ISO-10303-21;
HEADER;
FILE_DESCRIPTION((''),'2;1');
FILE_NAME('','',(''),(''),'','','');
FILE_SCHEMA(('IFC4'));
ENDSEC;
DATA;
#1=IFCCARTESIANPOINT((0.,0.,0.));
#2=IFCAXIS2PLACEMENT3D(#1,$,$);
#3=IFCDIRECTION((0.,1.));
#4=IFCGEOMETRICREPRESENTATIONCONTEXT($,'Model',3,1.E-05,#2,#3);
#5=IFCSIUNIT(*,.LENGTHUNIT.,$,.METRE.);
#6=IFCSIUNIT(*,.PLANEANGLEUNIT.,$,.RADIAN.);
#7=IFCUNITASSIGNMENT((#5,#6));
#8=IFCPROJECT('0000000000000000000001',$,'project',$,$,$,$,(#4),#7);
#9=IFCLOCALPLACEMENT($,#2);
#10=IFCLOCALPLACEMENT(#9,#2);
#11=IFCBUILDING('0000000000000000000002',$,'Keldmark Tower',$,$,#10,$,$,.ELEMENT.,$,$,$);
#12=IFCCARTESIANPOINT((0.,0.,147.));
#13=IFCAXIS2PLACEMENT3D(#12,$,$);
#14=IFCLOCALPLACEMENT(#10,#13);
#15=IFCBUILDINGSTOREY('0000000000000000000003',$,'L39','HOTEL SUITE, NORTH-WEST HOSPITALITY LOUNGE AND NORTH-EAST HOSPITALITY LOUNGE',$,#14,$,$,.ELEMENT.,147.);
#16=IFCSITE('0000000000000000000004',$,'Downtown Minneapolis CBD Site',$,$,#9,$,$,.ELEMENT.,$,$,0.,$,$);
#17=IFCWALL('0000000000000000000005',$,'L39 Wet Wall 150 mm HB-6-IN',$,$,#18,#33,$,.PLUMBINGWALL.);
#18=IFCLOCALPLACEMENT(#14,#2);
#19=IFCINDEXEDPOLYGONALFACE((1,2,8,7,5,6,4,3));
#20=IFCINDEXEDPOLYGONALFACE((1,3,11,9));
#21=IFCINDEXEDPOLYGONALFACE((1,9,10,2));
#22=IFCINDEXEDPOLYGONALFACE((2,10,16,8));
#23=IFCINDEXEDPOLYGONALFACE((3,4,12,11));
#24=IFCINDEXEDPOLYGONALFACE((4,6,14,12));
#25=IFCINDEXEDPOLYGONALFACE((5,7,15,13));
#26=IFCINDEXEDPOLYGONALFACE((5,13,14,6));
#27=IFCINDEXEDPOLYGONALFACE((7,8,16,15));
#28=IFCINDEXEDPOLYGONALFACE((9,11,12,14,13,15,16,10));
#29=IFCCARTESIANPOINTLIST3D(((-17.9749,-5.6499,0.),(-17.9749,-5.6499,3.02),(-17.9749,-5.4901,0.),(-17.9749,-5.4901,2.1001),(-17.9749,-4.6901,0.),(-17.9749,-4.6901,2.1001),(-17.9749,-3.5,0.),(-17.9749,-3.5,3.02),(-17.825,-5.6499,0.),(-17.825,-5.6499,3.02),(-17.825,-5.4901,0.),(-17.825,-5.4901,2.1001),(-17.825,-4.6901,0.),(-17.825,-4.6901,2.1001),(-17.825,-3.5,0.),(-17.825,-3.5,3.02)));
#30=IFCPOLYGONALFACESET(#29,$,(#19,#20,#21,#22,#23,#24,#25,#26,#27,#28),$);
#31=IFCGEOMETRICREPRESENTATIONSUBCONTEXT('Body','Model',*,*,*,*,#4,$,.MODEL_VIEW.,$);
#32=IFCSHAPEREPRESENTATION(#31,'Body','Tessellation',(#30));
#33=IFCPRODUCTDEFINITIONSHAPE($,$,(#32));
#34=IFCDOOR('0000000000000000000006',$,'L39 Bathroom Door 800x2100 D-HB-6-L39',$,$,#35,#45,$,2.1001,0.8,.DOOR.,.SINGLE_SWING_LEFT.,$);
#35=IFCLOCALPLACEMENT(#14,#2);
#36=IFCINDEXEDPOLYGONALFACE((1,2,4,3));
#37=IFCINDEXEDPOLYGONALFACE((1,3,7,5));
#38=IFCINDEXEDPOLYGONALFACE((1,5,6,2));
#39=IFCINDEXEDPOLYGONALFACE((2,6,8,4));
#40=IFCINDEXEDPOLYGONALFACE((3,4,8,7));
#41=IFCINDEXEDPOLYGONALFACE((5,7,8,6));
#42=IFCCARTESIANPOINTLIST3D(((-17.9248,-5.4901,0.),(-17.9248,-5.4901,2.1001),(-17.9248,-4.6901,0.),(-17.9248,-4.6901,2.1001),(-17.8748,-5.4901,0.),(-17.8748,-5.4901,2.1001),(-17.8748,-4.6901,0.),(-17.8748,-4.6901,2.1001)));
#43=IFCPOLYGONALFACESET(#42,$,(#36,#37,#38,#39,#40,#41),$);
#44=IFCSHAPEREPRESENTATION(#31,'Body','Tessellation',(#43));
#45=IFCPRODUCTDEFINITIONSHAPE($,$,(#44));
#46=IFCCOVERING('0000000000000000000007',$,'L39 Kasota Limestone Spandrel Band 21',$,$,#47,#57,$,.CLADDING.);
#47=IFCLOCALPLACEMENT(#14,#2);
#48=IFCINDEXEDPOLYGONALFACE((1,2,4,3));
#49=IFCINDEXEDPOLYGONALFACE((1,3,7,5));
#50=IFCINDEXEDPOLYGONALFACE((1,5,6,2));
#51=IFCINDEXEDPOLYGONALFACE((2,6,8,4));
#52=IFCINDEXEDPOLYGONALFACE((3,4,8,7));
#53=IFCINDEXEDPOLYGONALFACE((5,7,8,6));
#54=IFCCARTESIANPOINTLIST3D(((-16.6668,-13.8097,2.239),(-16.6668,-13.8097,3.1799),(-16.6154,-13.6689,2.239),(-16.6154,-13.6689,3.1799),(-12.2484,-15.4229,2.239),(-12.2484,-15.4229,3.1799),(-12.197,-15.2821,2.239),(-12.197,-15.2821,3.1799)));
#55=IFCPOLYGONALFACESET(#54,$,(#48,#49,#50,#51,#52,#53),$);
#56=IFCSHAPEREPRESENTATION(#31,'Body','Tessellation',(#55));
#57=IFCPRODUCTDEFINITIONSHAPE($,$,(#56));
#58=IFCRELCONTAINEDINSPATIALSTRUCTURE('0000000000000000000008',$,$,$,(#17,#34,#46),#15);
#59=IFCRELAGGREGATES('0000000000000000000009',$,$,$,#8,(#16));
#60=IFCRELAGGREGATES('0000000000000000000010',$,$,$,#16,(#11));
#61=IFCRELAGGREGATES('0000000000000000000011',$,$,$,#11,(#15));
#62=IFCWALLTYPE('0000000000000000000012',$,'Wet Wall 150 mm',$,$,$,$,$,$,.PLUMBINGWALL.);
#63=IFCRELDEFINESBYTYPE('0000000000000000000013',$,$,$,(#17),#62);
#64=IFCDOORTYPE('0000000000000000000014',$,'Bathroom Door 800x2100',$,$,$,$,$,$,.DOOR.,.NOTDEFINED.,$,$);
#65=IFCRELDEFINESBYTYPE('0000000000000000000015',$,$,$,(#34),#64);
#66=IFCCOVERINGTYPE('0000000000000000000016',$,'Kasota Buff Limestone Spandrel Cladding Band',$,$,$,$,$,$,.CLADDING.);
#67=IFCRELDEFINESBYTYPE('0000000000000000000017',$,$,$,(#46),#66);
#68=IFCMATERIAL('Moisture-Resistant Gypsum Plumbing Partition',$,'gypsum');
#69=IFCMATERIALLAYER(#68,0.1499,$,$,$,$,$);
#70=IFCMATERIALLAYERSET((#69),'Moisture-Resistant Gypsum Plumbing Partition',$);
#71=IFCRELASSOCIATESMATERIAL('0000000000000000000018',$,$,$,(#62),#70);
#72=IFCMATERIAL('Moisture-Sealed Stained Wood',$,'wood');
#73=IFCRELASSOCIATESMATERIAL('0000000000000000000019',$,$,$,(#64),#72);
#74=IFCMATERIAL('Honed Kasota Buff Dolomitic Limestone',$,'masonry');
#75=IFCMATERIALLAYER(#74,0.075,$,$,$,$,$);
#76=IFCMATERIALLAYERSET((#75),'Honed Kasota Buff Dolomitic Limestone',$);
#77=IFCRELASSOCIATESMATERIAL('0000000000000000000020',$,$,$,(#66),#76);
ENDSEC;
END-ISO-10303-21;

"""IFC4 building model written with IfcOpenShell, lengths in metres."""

from ifc_helpers import new_model, si_unit, direction, frame, frame_2d, origin, origin_2d, place, context, subcontext, project, spatial, rectangle, extrude, material, layer, layer_set, type_object, element, fill, save


model = new_model("IFC4")

# Units and contexts
model_context = context("Model", 3, precision=1e-05, world=origin(), true_north=direction((0.0, 1.0)))
body_context = subcontext(model_context, "Body", "Model", "MODEL_VIEW")
ifc_project = project(units=[si_unit("LENGTHUNIT", "METRE"), si_unit("PLANEANGLEUNIT", "RADIAN")], contexts=[model_context])

# Site, building, storey
site_placement = place(None, origin())
site = spatial("IfcSite", under=ifc_project, at=site_placement, Name="Downtown Minneapolis CBD Site", CompositionType="ELEMENT", RefElevation=0.0)
building_placement = place(site_placement, origin())
building = spatial("IfcBuilding", under=site, at=building_placement, Name="Keldmark Tower", CompositionType="ELEMENT")
storey_placement = place(building_placement, frame((0.0, 0.0, 147.0)))
storey = spatial("IfcBuildingStorey", under=building, at=storey_placement, Name="L39", Description="HOTEL SUITE, NORTH-WEST HOSPITALITY LOUNGE AND NORTH-EAST HOSPITALITY LOUNGE", CompositionType="ELEMENT", Elevation=147.0)

# Shared definitions
ifc_material_1 = material(Name="Moisture-Resistant Gypsum Plumbing Partition", Category="gypsum")
ifc_layer_1 = layer(ifc_material_1, 0.1499)
ifc_layer_set_1 = layer_set([ifc_layer_1], Name="Moisture-Resistant Gypsum Plumbing Partition")
wall_type_1 = type_object("IfcWallType", Name="Wet Wall 150 mm", PredefinedType="PLUMBINGWALL", material=ifc_layer_set_1)
ifc_material_2 = material(Name="Moisture-Sealed Stained Wood", Category="wood")
door_type_1 = type_object("IfcDoorType", Name="Bathroom Door 800x2100", OperationType="NOTDEFINED", PredefinedType="DOOR", material=ifc_material_2)

# Wall, opening, door
wall_1_placement = place(storey_placement, frame((-17.8999, -5.6499, 0.0), z_axis=(0.0, 0.0, 1.0), x_axis=(0.0, 1.0, 0.0)))
wall_1 = element("IfcWall", 1, at=wall_1_placement, inside=storey, type_object=wall_type_1, Name="L39 Wet Wall 150 mm HB-6-IN", PredefinedType="PLUMBINGWALL", context=body_context, shape_type="SweptSolid", body=[
    extrude(rectangle(XDim=2.1499, YDim=0.1499, at=frame_2d((1.075, 0.0))), origin(), (0.0, 0.0, 1.0), 3.02),
])
opening_1_placement = place(wall_1_placement, frame((0.1599, 0.0, 0.0)))
opening_1 = element("IfcOpeningElement", 2, at=opening_1_placement, cuts=wall_1, PredefinedType="OPENING", context=body_context, shape_type="SweptSolid", body=[
    extrude(rectangle(XDim=0.8, YDim=2.1001, at=frame_2d((0.3999, 1.05))), frame((0.0, 0.085, 0.0), z_axis=(0.0, -1.0, 0.0), x_axis=(1.0, 0.0, 0.0)), (0.0, 0.0, 1.0), 0.1699),
])
door_1_placement = place(opening_1_placement, origin())
door_1 = element("IfcDoor", 3, at=door_1_placement, inside=storey, type_object=door_type_1, Name="L39 Bathroom Door 800x2100 D-HB-6-L39", OperationType="SINGLE_SWING_LEFT", OverallHeight=2.1001, OverallWidth=0.8, PredefinedType="DOOR", context=body_context, shape_type="SweptSolid", body=[
    extrude(rectangle(XDim=0.8, YDim=2.1001, at=frame_2d((0.3999, 1.05))), frame((0.0, 0.0249, 0.0), z_axis=(0.0, -1.0, 0.0), x_axis=(1.0, 0.0, 0.0)), (0.0, 0.0, 1.0), 0.05),
])
fill(opening_1, door_1)

# Covering
ifc_material_3 = material(Name="Honed Kasota Buff Dolomitic Limestone", Category="masonry")
ifc_layer_2 = layer(ifc_material_3, 0.075)
ifc_layer_set_2 = layer_set([ifc_layer_2], Name="Honed Kasota Buff Dolomitic Limestone")
covering_type = type_object("IfcCoveringType", Name="Kasota Buff Limestone Spandrel Cladding Band", PredefinedType="CLADDING", material=ifc_layer_set_2)
covering_placement = place(storey_placement, frame((-14.4319, -14.5459, 2.239), z_axis=(0.0, 0.0, 1.0), x_axis=(0.939352, -0.342955, 0.0)))
element("IfcCovering", 4, at=covering_placement, inside=storey, type_object=covering_type, Name="L39 Kasota Limestone Spandrel Band 21", PredefinedType="CLADDING", context=body_context, shape_type="SweptSolid", body=[
    extrude(rectangle(XDim=4.7036, YDim=0.1499, at=origin_2d()), origin(), (0.0, 0.0, 1.0), 0.9409),
])

save(model, "model.ifc")
